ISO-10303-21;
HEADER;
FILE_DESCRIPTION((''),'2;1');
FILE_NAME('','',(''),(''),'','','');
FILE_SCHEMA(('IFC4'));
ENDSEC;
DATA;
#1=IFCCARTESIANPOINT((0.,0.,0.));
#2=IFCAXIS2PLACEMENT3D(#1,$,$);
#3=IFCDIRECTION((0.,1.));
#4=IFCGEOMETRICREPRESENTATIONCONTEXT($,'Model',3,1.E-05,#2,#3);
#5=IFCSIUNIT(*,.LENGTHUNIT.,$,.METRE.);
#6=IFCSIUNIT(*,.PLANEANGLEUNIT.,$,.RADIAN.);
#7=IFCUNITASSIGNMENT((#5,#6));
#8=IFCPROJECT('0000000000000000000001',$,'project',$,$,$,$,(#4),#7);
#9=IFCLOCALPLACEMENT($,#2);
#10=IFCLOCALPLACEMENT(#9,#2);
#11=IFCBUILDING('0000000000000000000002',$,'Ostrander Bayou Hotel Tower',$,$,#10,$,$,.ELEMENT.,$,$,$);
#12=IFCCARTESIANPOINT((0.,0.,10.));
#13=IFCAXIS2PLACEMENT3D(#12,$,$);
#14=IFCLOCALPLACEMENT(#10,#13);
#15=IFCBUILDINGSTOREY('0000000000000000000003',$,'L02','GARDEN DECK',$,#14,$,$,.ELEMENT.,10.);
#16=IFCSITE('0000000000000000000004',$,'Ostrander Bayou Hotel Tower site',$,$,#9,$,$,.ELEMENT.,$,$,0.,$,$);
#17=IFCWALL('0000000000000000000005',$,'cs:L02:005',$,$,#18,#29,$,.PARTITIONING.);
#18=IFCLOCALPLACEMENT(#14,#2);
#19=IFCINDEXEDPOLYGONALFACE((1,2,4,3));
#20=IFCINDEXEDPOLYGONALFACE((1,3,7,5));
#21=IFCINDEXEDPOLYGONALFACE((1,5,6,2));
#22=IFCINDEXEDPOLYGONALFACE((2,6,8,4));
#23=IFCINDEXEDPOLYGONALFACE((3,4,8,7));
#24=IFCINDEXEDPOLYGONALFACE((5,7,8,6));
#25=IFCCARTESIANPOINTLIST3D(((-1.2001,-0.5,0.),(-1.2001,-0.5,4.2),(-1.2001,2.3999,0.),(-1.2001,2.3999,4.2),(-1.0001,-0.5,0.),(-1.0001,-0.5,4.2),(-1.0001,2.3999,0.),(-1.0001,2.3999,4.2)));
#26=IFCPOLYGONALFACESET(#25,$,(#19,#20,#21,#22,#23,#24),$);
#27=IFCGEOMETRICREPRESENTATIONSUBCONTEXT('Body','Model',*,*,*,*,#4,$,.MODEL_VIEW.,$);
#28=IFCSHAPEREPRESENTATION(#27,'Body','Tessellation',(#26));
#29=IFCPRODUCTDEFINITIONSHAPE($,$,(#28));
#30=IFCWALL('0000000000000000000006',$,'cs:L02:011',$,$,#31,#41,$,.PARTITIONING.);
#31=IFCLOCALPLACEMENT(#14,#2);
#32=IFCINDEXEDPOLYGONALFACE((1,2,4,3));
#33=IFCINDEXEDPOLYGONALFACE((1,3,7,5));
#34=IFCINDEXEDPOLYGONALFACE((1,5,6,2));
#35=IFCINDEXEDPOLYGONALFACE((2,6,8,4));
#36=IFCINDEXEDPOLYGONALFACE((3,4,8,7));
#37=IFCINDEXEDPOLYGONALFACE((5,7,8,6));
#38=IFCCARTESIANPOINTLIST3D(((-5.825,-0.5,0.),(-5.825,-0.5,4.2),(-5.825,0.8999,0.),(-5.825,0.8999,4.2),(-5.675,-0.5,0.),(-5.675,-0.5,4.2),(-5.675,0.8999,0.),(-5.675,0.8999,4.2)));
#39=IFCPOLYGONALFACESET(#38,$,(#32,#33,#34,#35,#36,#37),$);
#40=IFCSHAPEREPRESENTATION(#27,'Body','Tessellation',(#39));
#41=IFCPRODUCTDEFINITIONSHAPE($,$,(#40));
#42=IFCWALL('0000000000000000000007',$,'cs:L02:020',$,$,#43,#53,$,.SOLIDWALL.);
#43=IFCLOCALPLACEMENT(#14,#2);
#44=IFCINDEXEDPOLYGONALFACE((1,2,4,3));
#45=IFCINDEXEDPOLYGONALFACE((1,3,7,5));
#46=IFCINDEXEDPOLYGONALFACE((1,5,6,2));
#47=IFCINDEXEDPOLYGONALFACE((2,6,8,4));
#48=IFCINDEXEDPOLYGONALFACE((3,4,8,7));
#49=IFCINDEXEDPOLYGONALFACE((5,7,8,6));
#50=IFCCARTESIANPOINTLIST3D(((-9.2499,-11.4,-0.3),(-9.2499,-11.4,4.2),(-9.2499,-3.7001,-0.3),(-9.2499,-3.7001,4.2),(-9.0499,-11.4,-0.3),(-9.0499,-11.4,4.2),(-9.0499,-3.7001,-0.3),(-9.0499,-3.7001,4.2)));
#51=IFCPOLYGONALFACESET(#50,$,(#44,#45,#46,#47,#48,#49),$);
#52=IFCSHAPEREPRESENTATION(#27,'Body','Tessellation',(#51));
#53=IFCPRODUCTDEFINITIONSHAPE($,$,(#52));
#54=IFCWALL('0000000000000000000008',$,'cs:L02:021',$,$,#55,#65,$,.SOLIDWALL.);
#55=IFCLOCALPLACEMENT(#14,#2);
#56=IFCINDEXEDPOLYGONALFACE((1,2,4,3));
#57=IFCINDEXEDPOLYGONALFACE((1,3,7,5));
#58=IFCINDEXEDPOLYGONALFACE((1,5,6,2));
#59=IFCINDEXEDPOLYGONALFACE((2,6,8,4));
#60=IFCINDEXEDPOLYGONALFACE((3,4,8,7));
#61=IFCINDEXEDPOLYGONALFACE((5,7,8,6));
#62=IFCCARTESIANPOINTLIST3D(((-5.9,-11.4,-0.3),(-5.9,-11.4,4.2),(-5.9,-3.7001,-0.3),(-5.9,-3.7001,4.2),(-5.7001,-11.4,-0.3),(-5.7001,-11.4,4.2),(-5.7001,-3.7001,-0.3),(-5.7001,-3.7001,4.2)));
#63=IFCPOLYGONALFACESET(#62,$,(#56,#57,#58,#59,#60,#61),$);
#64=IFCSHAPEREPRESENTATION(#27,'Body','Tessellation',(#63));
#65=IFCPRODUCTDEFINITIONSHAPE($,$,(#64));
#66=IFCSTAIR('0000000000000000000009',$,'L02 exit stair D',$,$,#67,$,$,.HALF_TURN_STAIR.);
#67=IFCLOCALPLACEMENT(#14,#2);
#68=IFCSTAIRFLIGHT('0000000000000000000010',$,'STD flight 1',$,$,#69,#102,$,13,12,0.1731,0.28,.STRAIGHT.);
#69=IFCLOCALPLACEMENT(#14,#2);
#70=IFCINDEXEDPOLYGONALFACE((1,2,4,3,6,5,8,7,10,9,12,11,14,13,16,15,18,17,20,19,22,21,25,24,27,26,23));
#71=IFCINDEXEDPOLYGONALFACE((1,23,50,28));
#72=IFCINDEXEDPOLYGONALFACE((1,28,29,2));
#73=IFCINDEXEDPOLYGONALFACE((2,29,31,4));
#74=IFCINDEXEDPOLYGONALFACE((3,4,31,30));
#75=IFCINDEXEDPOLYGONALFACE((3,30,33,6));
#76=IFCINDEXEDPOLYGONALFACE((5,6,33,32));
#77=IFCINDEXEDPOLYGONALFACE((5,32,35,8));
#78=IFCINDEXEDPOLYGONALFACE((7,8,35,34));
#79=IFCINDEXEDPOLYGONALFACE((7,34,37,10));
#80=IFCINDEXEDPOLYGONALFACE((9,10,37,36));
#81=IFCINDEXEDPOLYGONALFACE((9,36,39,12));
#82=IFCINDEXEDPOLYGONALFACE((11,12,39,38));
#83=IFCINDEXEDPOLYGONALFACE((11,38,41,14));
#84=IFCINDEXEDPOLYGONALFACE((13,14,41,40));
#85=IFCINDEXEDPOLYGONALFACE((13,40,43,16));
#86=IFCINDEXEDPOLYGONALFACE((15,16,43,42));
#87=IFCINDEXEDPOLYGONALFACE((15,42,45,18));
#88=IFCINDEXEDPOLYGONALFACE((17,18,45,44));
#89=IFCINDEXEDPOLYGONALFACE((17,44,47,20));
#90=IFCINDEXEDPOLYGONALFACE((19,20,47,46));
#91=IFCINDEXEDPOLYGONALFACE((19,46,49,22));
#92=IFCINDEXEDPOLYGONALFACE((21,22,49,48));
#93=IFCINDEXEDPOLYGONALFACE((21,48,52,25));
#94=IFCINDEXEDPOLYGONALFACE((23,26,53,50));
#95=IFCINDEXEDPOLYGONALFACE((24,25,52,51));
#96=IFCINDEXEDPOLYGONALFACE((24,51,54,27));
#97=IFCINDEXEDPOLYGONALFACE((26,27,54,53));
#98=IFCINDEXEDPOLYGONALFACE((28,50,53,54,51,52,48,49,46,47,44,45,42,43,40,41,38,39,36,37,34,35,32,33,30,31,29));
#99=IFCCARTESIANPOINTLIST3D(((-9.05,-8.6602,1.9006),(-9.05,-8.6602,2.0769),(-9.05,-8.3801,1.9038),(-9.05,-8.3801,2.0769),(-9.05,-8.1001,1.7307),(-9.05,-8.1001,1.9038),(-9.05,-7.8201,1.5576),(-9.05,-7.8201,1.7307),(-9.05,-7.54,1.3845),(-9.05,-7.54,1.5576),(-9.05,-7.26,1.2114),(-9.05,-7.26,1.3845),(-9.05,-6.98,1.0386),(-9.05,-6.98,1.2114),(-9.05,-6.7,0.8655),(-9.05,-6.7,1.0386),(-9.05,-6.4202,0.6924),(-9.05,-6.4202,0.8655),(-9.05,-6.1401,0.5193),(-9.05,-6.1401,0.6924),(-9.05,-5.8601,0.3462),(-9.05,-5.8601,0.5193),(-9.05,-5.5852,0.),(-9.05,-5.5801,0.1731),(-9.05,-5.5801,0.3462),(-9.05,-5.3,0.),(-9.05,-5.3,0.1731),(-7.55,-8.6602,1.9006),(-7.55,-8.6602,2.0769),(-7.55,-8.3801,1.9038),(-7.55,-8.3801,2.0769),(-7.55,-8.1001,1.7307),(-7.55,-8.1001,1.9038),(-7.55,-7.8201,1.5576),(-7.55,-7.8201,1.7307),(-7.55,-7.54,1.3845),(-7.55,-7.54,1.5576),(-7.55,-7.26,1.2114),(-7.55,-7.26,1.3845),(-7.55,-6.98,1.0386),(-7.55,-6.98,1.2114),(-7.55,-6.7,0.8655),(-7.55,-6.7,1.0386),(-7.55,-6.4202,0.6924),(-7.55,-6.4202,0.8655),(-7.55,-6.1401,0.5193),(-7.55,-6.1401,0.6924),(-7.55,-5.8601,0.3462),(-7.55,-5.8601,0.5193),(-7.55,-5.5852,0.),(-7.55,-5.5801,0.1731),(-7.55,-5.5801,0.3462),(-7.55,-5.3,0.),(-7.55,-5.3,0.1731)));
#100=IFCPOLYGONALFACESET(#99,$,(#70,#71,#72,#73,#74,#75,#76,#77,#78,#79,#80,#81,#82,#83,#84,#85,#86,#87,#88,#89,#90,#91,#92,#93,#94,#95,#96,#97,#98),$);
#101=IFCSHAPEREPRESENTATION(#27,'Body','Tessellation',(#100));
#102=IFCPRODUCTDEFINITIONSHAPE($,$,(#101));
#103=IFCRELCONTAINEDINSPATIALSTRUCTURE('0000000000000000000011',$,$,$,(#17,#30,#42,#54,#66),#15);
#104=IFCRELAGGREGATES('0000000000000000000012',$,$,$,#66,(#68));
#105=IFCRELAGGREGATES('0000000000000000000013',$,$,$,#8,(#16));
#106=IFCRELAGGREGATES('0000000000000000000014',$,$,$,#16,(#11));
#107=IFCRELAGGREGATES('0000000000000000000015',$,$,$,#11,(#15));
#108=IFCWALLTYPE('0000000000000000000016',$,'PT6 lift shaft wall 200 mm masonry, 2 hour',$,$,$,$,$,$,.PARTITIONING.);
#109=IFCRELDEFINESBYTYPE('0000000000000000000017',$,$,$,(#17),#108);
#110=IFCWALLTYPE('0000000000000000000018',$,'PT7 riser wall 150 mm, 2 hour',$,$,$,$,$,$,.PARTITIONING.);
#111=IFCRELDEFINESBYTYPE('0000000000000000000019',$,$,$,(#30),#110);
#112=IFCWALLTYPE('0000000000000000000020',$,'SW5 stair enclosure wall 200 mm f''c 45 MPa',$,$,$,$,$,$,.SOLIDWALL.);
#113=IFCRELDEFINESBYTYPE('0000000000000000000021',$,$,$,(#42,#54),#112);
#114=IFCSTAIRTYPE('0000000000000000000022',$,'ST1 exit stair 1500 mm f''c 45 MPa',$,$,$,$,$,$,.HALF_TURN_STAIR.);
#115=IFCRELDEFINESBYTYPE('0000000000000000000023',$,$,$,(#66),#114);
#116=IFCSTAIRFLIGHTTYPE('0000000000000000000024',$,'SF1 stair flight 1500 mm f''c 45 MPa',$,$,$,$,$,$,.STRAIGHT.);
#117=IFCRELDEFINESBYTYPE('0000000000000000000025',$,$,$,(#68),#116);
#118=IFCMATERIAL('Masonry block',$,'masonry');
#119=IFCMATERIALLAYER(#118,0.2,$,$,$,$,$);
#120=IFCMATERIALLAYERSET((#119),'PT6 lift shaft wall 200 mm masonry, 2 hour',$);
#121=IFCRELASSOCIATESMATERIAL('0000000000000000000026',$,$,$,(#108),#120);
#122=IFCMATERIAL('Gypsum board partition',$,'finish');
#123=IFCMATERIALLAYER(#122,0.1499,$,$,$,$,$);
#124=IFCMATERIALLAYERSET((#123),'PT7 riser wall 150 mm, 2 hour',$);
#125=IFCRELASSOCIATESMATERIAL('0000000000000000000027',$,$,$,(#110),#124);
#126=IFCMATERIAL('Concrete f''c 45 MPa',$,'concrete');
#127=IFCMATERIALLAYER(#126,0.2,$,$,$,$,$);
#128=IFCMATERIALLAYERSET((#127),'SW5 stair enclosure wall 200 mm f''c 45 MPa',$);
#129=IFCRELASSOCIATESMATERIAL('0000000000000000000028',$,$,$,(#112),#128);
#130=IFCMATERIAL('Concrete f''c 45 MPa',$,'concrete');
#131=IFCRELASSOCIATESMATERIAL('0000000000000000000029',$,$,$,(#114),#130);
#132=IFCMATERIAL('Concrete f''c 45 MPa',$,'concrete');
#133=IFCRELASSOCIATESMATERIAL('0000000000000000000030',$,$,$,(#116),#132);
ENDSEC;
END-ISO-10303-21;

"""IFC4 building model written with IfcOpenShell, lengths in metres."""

from ifc_helpers import new_model, si_unit, direction, frame, frame_2d, origin, place, context, subcontext, project, spatial, polyline, rectangle, outline, extrude, material, layer, layer_set, type_object, element, aggregate, save


model = new_model("IFC4")

# Units and contexts
model_context = context("Model", 3, precision=1e-05, world=origin(), true_north=direction((0.0, 1.0)))
body_context = subcontext(model_context, "Body", "Model", "MODEL_VIEW")
ifc_project = project(units=[si_unit("LENGTHUNIT", "METRE"), si_unit("PLANEANGLEUNIT", "RADIAN")], contexts=[model_context])

# Site, building, storey
site_placement = place(None, origin())
site = spatial("IfcSite", under=ifc_project, at=site_placement, Name="Ostrander Bayou Hotel Tower site", CompositionType="ELEMENT", RefElevation=0.0)
building_placement = place(site_placement, origin())
building = spatial("IfcBuilding", under=site, at=building_placement, Name="Ostrander Bayou Hotel Tower", CompositionType="ELEMENT")
storey_placement = place(building_placement, frame((0.0, 0.0, 10.0)))
storey = spatial("IfcBuildingStorey", under=building, at=storey_placement, Name="L02", Description="GARDEN DECK", CompositionType="ELEMENT", Elevation=10.0)

# Walls
ifc_material_1 = material(Name="Masonry block", Category="masonry")
ifc_layer_1 = layer(ifc_material_1, 0.2)
ifc_layer_set_1 = layer_set([ifc_layer_1], Name="PT6 lift shaft wall 200 mm masonry, 2 hour")
wall_type_1 = type_object("IfcWallType", Name="PT6 lift shaft wall 200 mm masonry, 2 hour", PredefinedType="PARTITIONING", material=ifc_layer_set_1)
wall_1_placement = place(storey_placement, frame((-1.1001, -0.5, 0.0), z_axis=(0.0, 0.0, 1.0), x_axis=(0.0, 1.0, 0.0)))
element("IfcWall", 1, at=wall_1_placement, inside=storey, type_object=wall_type_1, Name="cs:L02:005", PredefinedType="PARTITIONING", context=body_context, shape_type="SweptSolid", body=[
    extrude(rectangle(XDim=2.8999, YDim=0.2, at=frame_2d((1.45, 0.0))), origin(), (0.0, 0.0, 1.0), 4.2),
])
ifc_material_2 = material(Name="Gypsum board partition", Category="finish")
ifc_layer_2 = layer(ifc_material_2, 0.1499)
ifc_layer_set_2 = layer_set([ifc_layer_2], Name="PT7 riser wall 150 mm, 2 hour")
wall_type_2 = type_object("IfcWallType", Name="PT7 riser wall 150 mm, 2 hour", PredefinedType="PARTITIONING", material=ifc_layer_set_2)
wall_2_placement = place(storey_placement, frame((-5.75, -0.5, 0.0), z_axis=(0.0, 0.0, 1.0), x_axis=(0.0, 1.0, 0.0)))
element("IfcWall", 2, at=wall_2_placement, inside=storey, type_object=wall_type_2, Name="cs:L02:011", PredefinedType="PARTITIONING", context=body_context, shape_type="SweptSolid", body=[
    extrude(rectangle(XDim=1.3999, YDim=0.1499, at=frame_2d((0.7, 0.0))), origin(), (0.0, 0.0, 1.0), 4.2),
])

# Shared definitions
ifc_material_3 = material(Name="Concrete f'c 45 MPa", Category="concrete")
ifc_layer_3 = layer(ifc_material_3, 0.2)
ifc_layer_set_3 = layer_set([ifc_layer_3], Name="SW5 stair enclosure wall 200 mm f'c 45 MPa")
wall_type_3 = type_object("IfcWallType", Name="SW5 stair enclosure wall 200 mm f'c 45 MPa", PredefinedType="SOLIDWALL", material=ifc_layer_set_3)

# Walls
for number, where, z_axis, x_axis, name in (
    (3, (-9.1499, -3.7, -0.3), (0.0, 0.0, 1.0), (0.0, -1.0, 0.0), "cs:L02:020"),
    (4, (-5.8, -3.7, -0.3), (0.0, 0.0, 1.0), (0.0, -1.0, 0.0), "cs:L02:021"),
):
    element("IfcWall", number, at=place(storey_placement, frame(where, z_axis=z_axis, x_axis=x_axis)), inside=storey, type_object=wall_type_3, Name=name, PredefinedType="SOLIDWALL", context=body_context, shape_type="SweptSolid", body=[
        extrude(rectangle(XDim=7.7, YDim=0.2, at=frame_2d((3.8501, 0.0))), origin(), (0.0, 0.0, 1.0), 4.5),
    ])

# Stair, stair flight
ifc_material_4 = material(Name="Concrete f'c 45 MPa", Category="concrete")
stair_type = type_object("IfcStairType", Name="ST1 exit stair 1500 mm f'c 45 MPa", PredefinedType="HALF_TURN_STAIR", material=ifc_material_4)
stair_placement = place(storey_placement, origin())
stair = element("IfcStair", 5, at=stair_placement, inside=storey, type_object=stair_type, Name="L02 exit stair D", PredefinedType="HALF_TURN_STAIR")
ifc_material_5 = material(Name="Concrete f'c 45 MPa", Category="concrete")
stair_flight_type = type_object("IfcStairFlightType", Name="SF1 stair flight 1500 mm f'c 45 MPa", PredefinedType="STRAIGHT", material=ifc_material_5)
stair_flight_placement = place(storey_placement, frame((-8.3, -5.3, 0.0), z_axis=(0.0, 0.0, 1.0), x_axis=(0.0, -1.0, 0.0)))
stair_flight = element("IfcStairFlight", 6, at=stair_flight_placement, type_object=stair_flight_type, Name="STD flight 1", NumberOfRisers=13, NumberOfTreads=12, PredefinedType="STRAIGHT", RiserHeight=0.1731, TreadLength=0.28, context=body_context, shape_type="SweptSolid", body=[
    extrude(outline(polyline([(0.0, 0.0), (0.0, 0.1731), (0.28, 0.1731), (0.28, 0.3462), (0.5601, 0.3462), (0.5601, 0.5193), (0.8401, 0.5193), (0.8401, 0.6924), (1.1201, 0.6924), (1.1201, 0.8655), (1.3999, 0.8655), (1.3999, 1.0386), (1.6799, 1.0386), (1.6799, 1.2114), (1.96, 1.2114), (1.96, 1.3845), (2.24, 1.3845), (2.24, 1.5576), (2.52, 1.5576), (2.52, 1.7307), (2.8, 1.7307), (2.8, 1.9038), (3.0801, 1.9038), (3.0801, 2.0769), (3.3601, 2.0769), (3.3601, 2.25), (3.3601, 1.9006), (0.2852, 0.0), (0.0, 0.0)])), frame((0.0, 0.75, 0.0), z_axis=(0.0, -1.0, 0.0), x_axis=(1.0, 0.0, 0.0)), (0.0, 0.0, 1.0), 1.5),
])
aggregate(stair, [stair_flight])

save(model, "model.ifc")
